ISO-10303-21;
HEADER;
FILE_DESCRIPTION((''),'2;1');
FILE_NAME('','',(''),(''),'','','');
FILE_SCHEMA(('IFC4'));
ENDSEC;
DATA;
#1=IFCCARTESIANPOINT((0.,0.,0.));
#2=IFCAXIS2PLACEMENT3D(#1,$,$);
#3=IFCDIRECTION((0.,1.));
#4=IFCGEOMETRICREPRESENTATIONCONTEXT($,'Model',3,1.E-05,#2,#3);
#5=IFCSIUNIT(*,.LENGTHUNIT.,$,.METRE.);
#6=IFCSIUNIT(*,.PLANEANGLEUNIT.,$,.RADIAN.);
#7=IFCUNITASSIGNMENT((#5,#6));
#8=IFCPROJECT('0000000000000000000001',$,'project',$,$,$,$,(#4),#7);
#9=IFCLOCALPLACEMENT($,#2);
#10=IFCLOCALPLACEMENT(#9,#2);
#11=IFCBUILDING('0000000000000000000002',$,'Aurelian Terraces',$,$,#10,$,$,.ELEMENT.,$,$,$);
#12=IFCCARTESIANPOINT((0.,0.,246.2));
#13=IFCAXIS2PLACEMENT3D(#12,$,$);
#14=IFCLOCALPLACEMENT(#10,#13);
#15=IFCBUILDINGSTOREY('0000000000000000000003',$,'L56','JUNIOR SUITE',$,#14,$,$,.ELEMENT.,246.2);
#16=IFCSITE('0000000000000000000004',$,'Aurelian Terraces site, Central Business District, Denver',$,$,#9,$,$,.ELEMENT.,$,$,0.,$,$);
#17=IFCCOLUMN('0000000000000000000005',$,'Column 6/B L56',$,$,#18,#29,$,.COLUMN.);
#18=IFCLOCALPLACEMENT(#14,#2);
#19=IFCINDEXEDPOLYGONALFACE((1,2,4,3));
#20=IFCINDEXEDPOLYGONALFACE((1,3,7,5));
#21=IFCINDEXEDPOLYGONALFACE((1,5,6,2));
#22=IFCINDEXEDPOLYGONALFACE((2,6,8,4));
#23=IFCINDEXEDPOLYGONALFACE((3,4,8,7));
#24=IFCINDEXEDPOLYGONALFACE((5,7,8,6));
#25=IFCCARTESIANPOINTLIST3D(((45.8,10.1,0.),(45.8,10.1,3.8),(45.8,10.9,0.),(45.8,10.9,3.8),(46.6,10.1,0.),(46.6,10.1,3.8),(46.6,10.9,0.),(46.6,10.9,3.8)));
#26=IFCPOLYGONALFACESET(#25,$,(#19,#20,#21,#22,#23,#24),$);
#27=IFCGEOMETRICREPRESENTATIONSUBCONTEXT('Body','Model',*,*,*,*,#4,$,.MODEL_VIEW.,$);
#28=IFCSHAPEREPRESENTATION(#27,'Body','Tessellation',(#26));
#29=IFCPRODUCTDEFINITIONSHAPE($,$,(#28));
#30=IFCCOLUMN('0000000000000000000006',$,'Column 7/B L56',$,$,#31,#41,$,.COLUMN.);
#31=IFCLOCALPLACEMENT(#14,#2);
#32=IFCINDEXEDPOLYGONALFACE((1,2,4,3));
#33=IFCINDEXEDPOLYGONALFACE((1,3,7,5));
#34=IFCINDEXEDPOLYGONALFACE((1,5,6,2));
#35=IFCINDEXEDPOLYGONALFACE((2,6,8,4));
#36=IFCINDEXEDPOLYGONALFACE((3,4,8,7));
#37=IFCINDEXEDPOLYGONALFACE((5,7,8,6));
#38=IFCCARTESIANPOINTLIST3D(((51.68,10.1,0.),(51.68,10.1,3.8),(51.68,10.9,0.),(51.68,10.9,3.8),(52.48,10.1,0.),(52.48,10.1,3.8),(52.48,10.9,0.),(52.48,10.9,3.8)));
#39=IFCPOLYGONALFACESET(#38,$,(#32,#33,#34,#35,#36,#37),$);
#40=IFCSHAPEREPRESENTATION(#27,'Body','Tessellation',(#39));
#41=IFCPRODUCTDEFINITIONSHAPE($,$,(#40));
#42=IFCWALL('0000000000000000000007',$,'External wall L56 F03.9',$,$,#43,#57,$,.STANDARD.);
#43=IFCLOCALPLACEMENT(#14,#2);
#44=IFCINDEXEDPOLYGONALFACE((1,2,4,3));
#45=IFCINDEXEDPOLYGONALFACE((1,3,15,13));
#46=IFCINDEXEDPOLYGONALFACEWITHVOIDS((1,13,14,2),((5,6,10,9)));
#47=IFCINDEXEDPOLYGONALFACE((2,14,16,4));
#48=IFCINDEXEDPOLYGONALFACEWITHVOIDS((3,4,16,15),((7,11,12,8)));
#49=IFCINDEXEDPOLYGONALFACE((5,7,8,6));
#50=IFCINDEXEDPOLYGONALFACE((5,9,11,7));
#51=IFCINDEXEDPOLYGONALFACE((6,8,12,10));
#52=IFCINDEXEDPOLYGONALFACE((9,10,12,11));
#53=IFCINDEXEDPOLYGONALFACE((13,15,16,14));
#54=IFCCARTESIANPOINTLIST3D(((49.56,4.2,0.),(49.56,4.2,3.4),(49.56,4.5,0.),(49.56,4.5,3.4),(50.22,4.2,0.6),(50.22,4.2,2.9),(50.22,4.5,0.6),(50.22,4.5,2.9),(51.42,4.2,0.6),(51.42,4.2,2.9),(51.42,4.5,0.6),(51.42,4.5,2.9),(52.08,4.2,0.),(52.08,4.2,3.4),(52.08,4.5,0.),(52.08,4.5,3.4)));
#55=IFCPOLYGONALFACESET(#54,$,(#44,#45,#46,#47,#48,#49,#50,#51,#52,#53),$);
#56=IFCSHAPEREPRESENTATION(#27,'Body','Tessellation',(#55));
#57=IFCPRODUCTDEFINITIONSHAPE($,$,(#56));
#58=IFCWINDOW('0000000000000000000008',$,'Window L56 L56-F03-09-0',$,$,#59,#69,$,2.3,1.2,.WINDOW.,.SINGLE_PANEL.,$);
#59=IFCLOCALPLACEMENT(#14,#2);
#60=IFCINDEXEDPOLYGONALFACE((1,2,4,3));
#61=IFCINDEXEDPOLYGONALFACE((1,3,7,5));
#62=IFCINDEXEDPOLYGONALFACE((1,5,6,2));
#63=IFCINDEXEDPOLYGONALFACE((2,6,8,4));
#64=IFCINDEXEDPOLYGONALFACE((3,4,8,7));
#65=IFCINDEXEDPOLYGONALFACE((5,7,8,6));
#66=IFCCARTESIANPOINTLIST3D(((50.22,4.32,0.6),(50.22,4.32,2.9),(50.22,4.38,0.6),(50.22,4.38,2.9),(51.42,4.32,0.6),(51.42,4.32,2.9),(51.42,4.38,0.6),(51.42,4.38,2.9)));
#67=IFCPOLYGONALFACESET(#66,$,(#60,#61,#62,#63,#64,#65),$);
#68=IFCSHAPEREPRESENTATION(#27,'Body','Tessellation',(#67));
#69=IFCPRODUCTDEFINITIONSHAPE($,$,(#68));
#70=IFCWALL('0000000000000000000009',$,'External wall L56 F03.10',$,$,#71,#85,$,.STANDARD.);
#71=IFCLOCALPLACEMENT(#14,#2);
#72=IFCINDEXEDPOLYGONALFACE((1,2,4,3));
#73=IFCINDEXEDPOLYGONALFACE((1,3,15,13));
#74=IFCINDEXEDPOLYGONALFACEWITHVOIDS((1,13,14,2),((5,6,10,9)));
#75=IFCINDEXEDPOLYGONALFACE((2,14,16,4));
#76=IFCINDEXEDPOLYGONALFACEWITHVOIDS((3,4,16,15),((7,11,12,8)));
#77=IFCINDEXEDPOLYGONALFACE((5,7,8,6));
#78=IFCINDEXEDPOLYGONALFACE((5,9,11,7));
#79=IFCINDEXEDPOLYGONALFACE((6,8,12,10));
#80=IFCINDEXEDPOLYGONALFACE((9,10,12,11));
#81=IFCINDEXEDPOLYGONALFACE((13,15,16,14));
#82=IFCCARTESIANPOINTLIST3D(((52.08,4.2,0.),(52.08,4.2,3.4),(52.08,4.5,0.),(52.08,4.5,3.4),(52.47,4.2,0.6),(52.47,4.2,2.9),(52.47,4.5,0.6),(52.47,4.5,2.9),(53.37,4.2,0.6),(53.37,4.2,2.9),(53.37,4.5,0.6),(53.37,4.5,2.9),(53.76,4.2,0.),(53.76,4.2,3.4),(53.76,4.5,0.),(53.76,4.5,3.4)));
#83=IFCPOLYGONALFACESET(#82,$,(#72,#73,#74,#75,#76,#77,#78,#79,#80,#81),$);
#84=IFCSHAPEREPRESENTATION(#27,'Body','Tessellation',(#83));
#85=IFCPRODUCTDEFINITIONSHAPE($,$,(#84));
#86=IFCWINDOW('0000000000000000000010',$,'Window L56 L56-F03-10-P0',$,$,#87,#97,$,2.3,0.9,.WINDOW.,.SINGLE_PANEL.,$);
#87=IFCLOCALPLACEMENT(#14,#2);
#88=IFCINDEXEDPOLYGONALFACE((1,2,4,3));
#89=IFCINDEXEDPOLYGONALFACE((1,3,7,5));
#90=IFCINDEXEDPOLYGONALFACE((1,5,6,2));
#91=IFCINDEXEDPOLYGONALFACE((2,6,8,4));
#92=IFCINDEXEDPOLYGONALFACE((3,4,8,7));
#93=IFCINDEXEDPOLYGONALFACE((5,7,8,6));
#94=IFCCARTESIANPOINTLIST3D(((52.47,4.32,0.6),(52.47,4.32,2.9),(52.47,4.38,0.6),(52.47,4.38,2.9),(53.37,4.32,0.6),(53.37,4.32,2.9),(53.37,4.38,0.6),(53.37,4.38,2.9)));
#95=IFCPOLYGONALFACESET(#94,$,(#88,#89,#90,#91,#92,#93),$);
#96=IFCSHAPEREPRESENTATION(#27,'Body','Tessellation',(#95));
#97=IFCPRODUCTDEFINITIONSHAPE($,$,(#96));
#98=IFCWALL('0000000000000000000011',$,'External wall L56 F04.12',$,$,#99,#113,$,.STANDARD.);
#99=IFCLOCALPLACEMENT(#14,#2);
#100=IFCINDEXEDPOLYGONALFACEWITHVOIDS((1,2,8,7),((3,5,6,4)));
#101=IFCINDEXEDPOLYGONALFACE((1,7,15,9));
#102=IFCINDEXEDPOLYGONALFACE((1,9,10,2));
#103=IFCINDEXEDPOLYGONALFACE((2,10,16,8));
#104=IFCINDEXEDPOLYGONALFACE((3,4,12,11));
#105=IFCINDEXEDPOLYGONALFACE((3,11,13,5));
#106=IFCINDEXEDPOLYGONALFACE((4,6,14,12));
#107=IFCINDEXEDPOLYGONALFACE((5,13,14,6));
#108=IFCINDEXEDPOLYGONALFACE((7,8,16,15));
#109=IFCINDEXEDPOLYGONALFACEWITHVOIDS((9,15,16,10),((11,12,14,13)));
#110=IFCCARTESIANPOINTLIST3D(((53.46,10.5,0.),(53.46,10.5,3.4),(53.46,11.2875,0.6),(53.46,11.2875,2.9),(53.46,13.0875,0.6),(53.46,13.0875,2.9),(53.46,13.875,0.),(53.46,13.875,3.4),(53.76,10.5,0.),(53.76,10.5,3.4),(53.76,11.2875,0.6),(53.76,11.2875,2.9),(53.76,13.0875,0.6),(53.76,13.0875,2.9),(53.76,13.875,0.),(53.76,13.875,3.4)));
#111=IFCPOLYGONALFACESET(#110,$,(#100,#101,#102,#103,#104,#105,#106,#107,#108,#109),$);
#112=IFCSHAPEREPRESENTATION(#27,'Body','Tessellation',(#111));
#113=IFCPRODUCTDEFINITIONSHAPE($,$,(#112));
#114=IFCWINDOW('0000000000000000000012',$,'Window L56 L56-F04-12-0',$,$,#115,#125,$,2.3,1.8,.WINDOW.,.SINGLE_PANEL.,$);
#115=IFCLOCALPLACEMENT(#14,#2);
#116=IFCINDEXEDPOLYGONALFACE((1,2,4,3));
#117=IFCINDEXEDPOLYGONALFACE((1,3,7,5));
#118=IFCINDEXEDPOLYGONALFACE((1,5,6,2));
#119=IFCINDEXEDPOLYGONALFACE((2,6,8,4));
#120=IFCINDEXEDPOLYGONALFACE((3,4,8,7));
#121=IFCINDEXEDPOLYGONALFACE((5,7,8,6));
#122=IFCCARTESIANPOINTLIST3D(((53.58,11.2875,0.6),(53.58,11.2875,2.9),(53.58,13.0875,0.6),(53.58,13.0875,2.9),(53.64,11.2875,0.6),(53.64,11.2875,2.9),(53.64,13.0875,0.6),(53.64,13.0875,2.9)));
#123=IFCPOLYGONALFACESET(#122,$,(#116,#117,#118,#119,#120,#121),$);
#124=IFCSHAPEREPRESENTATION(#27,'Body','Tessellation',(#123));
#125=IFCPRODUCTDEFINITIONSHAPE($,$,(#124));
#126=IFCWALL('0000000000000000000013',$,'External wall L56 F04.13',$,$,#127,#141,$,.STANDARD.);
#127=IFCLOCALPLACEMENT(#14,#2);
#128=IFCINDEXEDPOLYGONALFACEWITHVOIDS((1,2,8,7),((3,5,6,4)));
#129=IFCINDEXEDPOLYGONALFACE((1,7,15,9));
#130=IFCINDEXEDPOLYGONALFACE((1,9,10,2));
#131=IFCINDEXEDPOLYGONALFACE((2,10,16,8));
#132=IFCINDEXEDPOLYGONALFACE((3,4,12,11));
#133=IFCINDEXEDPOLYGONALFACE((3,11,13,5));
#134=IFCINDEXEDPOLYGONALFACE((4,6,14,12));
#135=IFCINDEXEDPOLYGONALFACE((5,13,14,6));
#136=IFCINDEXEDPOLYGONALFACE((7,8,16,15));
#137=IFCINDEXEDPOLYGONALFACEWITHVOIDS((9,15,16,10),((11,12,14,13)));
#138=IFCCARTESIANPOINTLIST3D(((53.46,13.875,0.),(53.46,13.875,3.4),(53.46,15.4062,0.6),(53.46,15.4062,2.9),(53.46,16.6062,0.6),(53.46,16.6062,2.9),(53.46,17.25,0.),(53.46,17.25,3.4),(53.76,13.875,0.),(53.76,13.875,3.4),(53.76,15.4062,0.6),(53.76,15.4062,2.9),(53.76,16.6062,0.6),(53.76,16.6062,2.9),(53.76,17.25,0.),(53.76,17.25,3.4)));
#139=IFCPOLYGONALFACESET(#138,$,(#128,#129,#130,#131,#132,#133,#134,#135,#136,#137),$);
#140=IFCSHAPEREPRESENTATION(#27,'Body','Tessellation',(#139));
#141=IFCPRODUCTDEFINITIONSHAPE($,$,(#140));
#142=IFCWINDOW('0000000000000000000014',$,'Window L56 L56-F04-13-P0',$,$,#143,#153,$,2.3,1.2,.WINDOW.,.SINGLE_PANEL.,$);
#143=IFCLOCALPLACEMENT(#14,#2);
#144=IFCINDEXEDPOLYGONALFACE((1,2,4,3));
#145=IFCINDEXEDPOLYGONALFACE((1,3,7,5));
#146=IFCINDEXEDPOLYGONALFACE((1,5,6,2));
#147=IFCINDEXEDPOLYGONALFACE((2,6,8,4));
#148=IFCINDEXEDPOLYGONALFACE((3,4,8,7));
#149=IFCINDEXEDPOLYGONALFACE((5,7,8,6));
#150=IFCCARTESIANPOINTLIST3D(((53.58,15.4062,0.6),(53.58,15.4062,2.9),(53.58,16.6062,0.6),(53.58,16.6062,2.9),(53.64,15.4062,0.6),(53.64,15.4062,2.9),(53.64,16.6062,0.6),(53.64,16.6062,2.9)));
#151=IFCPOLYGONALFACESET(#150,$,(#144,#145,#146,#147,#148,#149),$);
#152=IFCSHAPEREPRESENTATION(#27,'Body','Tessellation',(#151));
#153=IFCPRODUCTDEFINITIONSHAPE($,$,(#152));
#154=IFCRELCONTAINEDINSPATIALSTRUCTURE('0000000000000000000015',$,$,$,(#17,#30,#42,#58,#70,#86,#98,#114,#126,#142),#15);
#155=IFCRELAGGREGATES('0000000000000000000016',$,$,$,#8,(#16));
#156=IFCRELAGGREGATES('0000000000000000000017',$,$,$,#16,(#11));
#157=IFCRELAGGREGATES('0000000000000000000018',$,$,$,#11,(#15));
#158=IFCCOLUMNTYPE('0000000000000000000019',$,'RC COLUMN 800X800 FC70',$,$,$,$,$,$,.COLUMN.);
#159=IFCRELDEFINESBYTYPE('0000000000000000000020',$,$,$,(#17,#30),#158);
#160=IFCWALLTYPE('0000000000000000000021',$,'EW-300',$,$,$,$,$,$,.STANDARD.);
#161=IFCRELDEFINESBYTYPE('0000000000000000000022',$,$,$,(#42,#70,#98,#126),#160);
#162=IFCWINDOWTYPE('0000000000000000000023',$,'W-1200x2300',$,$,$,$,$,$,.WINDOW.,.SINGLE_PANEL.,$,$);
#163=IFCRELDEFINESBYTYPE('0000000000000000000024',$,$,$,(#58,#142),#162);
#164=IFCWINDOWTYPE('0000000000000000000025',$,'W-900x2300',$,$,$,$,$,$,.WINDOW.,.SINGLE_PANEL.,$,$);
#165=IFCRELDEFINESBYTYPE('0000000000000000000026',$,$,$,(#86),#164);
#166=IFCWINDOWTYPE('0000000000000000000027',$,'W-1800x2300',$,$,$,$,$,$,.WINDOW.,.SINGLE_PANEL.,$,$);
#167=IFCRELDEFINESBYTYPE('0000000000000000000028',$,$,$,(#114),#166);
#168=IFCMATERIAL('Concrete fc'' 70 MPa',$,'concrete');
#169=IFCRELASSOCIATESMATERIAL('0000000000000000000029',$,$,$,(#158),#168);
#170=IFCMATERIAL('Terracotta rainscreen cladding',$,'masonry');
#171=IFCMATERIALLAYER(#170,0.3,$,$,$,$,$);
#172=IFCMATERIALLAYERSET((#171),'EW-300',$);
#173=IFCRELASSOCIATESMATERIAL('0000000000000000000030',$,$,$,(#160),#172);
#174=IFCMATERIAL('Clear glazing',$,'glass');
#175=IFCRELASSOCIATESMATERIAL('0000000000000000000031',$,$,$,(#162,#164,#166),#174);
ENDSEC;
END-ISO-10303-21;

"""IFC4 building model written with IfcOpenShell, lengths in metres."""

from ifc_helpers import new_model, si_unit, direction, frame, frame_2d, origin, origin_2d, place, context, subcontext, project, spatial, rectangle, extrude, source, transform, mapped, material, layer, layer_set, material_profile, profile_set, type_object, element, fill, save


model = new_model("IFC4")

# Units and contexts
model_context = context("Model", 3, precision=1e-05, world=origin(), true_north=direction((0.0, 1.0)))
body_context = subcontext(model_context, "Body", "Model", "MODEL_VIEW")
ifc_project = project(units=[si_unit("LENGTHUNIT", "METRE"), si_unit("PLANEANGLEUNIT", "RADIAN")], contexts=[model_context])

# Site, building, storey
site_placement = place(None, origin())
site = spatial("IfcSite", under=ifc_project, at=site_placement, Name="Aurelian Terraces site, Central Business District, Denver", CompositionType="ELEMENT", RefElevation=0.0)
building_placement = place(site_placement, origin())
building = spatial("IfcBuilding", under=site, at=building_placement, Name="Aurelian Terraces", CompositionType="ELEMENT")
storey_placement = place(building_placement, frame((0.0, 0.0, 246.2)))
storey = spatial("IfcBuildingStorey", under=building, at=storey_placement, Name="L56", Description="JUNIOR SUITE", CompositionType="ELEMENT", Elevation=246.2)

# Columns
ifc_material_1 = material(Name="Concrete fc' 70 MPa", Category="concrete")
ifc_material_profile = material_profile(ifc_material_1, rectangle(XDim=0.8, YDim=0.8, at=origin_2d()))
ifc_profile_set = profile_set([ifc_material_profile], Name="Concrete fc' 70 MPa")
column_type = type_object("IfcColumnType", Name="RC COLUMN 800X800 FC70", PredefinedType="COLUMN", material=ifc_profile_set)
shared_shape_1 = source(origin(), body_context, "Body", "SweptSolid", [
    extrude(rectangle(XDim=0.8, YDim=0.8, at=origin_2d()), origin(), (0.0, 0.0, 1.0), 3.8),
])
for number, where, z_axis, x_axis, name in (
    (1, (46.2, 10.5, 0.0), (0.0, 0.0, 1.0), (1.0, 0.0, 0.0), "Column 6/B L56"),
    (2, (52.08, 10.5, 0.0), (0.0, 0.0, 1.0), (1.0, 0.0, 0.0), "Column 7/B L56"),
):
    element("IfcColumn", number, at=place(storey_placement, frame(where, z_axis=z_axis, x_axis=x_axis)), inside=storey, type_object=column_type, Name=name, PredefinedType="COLUMN", context=body_context, shape_type="MappedRepresentation", body=[
        mapped(shared_shape_1, transform((0.0, 0.0, 0.0), scale=1.0)),
    ])

# Walls, openings, windows
ifc_material_2 = material(Name="Terracotta rainscreen cladding", Category="masonry")
ifc_layer_1 = layer(ifc_material_2, 0.3)
ifc_layer_set_1 = layer_set([ifc_layer_1], Name="EW-300")
wall_type_1 = type_object("IfcWallType", Name="EW-300", PredefinedType="STANDARD", material=ifc_layer_set_1)
shared_shape_2 = source(origin(), body_context, "Body", "SweptSolid", [
    extrude(rectangle(XDim=2.52, YDim=0.3, at=frame_2d((1.26, 0.0))), origin(), (0.0, 0.0, 1.0), 3.4),
])
wall_1_placement = place(storey_placement, frame((49.56, 4.35, 0.0), z_axis=(0.0, 0.0, 1.0), x_axis=(1.0, 0.0, 0.0)))
wall_1 = element("IfcWall", 3, at=wall_1_placement, inside=storey, type_object=wall_type_1, Name="External wall L56 F03.9", PredefinedType="STANDARD", context=body_context, shape_type="MappedRepresentation", body=[
    mapped(shared_shape_2, transform((0.0, 0.0, 0.0), scale=1.0)),
])
shared_shape_3 = source(origin(), body_context, "Body", "SweptSolid", [
    extrude(rectangle(XDim=1.2, YDim=2.3, at=frame_2d((0.6, 1.15))), frame((0.0, 0.16, 0.0), z_axis=(0.0, -1.0, 0.0), x_axis=(1.0, 0.0, 0.0)), (0.0, 0.0, 1.0), 0.32),
])
opening_1_placement = place(wall_1_placement, frame((0.66, 0.0, 0.6)))
opening_1 = element("IfcOpeningElement", 4, at=opening_1_placement, cuts=wall_1, PredefinedType="OPENING", context=body_context, shape_type="MappedRepresentation", body=[
    mapped(shared_shape_3, transform((0.0, 0.0, 0.0), scale=1.0)),
])
ifc_material_3 = material(Name="Clear glazing", Category="glass")
window_type_1 = type_object("IfcWindowType", Name="W-1200x2300", PartitioningType="SINGLE_PANEL", PredefinedType="WINDOW", material=ifc_material_3)
shared_shape_4 = source(origin(), body_context, "Body", "SweptSolid", [
    extrude(rectangle(XDim=1.2, YDim=2.3, at=frame_2d((0.6, 1.15))), frame((0.0, 0.03, 0.0), z_axis=(0.0, -1.0, 0.0), x_axis=(1.0, 0.0, 0.0)), (0.0, 0.0, 1.0), 0.06),
])
window_1_placement = place(opening_1_placement, origin())
window_1 = element("IfcWindow", 5, at=window_1_placement, inside=storey, type_object=window_type_1, Name="Window L56 L56-F03-09-0", OverallHeight=2.3, OverallWidth=1.2, PartitioningType="SINGLE_PANEL", PredefinedType="WINDOW", context=body_context, shape_type="MappedRepresentation", body=[
    mapped(shared_shape_4, transform((0.0, 0.0, 0.0), scale=1.0)),
])
fill(opening_1, window_1)
shared_shape_5 = source(origin(), body_context, "Body", "SweptSolid", [
    extrude(rectangle(XDim=1.68, YDim=0.3, at=frame_2d((0.84, 0.0))), origin(), (0.0, 0.0, 1.0), 3.4),
])
wall_2_placement = place(storey_placement, frame((52.08, 4.35, 0.0), z_axis=(0.0, 0.0, 1.0), x_axis=(1.0, 0.0, 0.0)))
wall_2 = element("IfcWall", 6, at=wall_2_placement, inside=storey, type_object=wall_type_1, Name="External wall L56 F03.10", PredefinedType="STANDARD", context=body_context, shape_type="MappedRepresentation", body=[
    mapped(shared_shape_5, transform((0.0, 0.0, 0.0), scale=1.0)),
])
shared_shape_6 = source(origin(), body_context, "Body", "SweptSolid", [
    extrude(rectangle(XDim=0.9, YDim=2.3, at=frame_2d((0.45, 1.15))), frame((0.0, 0.16, 0.0), z_axis=(0.0, -1.0, 0.0), x_axis=(1.0, 0.0, 0.0)), (0.0, 0.0, 1.0), 0.32),
])
opening_2_placement = place(wall_2_placement, frame((0.39, 0.0, 0.6)))
opening_2 = element("IfcOpeningElement", 7, at=opening_2_placement, cuts=wall_2, PredefinedType="OPENING", context=body_context, shape_type="MappedRepresentation", body=[
    mapped(shared_shape_6, transform((0.0, 0.0, 0.0), scale=1.0)),
])
window_type_2 = type_object("IfcWindowType", Name="W-900x2300", PartitioningType="SINGLE_PANEL", PredefinedType="WINDOW", material=ifc_material_3)
shared_shape_7 = source(origin(), body_context, "Body", "SweptSolid", [
    extrude(rectangle(XDim=0.9, YDim=2.3, at=frame_2d((0.45, 1.15))), frame((0.0, 0.03, 0.0), z_axis=(0.0, -1.0, 0.0), x_axis=(1.0, 0.0, 0.0)), (0.0, 0.0, 1.0), 0.06),
])
window_2_placement = place(opening_2_placement, origin())
window_2 = element("IfcWindow", 8, at=window_2_placement, inside=storey, type_object=window_type_2, Name="Window L56 L56-F03-10-P0", OverallHeight=2.3, OverallWidth=0.9, PartitioningType="SINGLE_PANEL", PredefinedType="WINDOW", context=body_context, shape_type="MappedRepresentation", body=[
    mapped(shared_shape_7, transform((0.0, 0.0, 0.0), scale=1.0)),
])
fill(opening_2, window_2)
shared_shape_8 = source(origin(), body_context, "Body", "SweptSolid", [
    extrude(rectangle(XDim=3.375, YDim=0.3, at=frame_2d((1.6875, 0.0))), origin(), (0.0, 0.0, 1.0), 3.4),
])
wall_3_placement = place(storey_placement, frame((53.61, 10.5, 0.0), z_axis=(0.0, 0.0, 1.0), x_axis=(0.0, 1.0, 0.0)))
wall_3 = element("IfcWall", 9, at=wall_3_placement, inside=storey, type_object=wall_type_1, Name="External wall L56 F04.12", PredefinedType="STANDARD", context=body_context, shape_type="MappedRepresentation", body=[
    mapped(shared_shape_8, transform((0.0, 0.0, 0.0), scale=1.0)),
])
shared_shape_9 = source(origin(), body_context, "Body", "SweptSolid", [
    extrude(rectangle(XDim=1.8, YDim=2.3, at=frame_2d((0.9, 1.15))), frame((0.0, 0.16, 0.0), z_axis=(0.0, -1.0, 0.0), x_axis=(1.0, 0.0, 0.0)), (0.0, 0.0, 1.0), 0.32),
])
opening_3_placement = place(wall_3_placement, frame((0.7875, 0.0, 0.6)))
opening_3 = element("IfcOpeningElement", 10, at=opening_3_placement, cuts=wall_3, PredefinedType="OPENING", context=body_context, shape_type="MappedRepresentation", body=[
    mapped(shared_shape_9, transform((0.0, 0.0, 0.0), scale=1.0)),
])
window_type_3 = type_object("IfcWindowType", Name="W-1800x2300", PartitioningType="SINGLE_PANEL", PredefinedType="WINDOW", material=ifc_material_3)
shared_shape_10 = source(origin(), body_context, "Body", "SweptSolid", [
    extrude(rectangle(XDim=1.8, YDim=2.3, at=frame_2d((0.9, 1.15))), frame((0.0, 0.03, 0.0), z_axis=(0.0, -1.0, 0.0), x_axis=(1.0, 0.0, 0.0)), (0.0, 0.0, 1.0), 0.06),
])
window_3_placement = place(opening_3_placement, origin())
window_3 = element("IfcWindow", 11, at=window_3_placement, inside=storey, type_object=window_type_3, Name="Window L56 L56-F04-12-0", OverallHeight=2.3, OverallWidth=1.8, PartitioningType="SINGLE_PANEL", PredefinedType="WINDOW", context=body_context, shape_type="MappedRepresentation", body=[
    mapped(shared_shape_10, transform((0.0, 0.0, 0.0), scale=1.0)),
])
fill(opening_3, window_3)
wall_4_placement = place(storey_placement, frame((53.61, 13.875, 0.0), z_axis=(0.0, 0.0, 1.0), x_axis=(0.0, 1.0, 0.0)))
wall_4 = element("IfcWall", 12, at=wall_4_placement, inside=storey, type_object=wall_type_1, Name="External wall L56 F04.13", PredefinedType="STANDARD", context=body_context, shape_type="MappedRepresentation", body=[
    mapped(shared_shape_8, transform((0.0, 0.0, 0.0), scale=1.0)),
])
opening_4_placement = place(wall_4_placement, frame((1.5312, 0.0, 0.6)))
opening_4 = element("IfcOpeningElement", 13, at=opening_4_placement, cuts=wall_4, PredefinedType="OPENING", context=body_context, shape_type="MappedRepresentation", body=[
    mapped(shared_shape_3, transform((0.0, 0.0, 0.0), scale=1.0)),
])
window_4_placement = place(opening_4_placement, origin())
window_4 = element("IfcWindow", 14, at=window_4_placement, inside=storey, type_object=window_type_1, Name="Window L56 L56-F04-13-P0", OverallHeight=2.3, OverallWidth=1.2, PartitioningType="SINGLE_PANEL", PredefinedType="WINDOW", context=body_context, shape_type="MappedRepresentation", body=[
    mapped(shared_shape_4, transform((0.0, 0.0, 0.0), scale=1.0)),
])
fill(opening_4, window_4)

save(model, "model.ifc")
